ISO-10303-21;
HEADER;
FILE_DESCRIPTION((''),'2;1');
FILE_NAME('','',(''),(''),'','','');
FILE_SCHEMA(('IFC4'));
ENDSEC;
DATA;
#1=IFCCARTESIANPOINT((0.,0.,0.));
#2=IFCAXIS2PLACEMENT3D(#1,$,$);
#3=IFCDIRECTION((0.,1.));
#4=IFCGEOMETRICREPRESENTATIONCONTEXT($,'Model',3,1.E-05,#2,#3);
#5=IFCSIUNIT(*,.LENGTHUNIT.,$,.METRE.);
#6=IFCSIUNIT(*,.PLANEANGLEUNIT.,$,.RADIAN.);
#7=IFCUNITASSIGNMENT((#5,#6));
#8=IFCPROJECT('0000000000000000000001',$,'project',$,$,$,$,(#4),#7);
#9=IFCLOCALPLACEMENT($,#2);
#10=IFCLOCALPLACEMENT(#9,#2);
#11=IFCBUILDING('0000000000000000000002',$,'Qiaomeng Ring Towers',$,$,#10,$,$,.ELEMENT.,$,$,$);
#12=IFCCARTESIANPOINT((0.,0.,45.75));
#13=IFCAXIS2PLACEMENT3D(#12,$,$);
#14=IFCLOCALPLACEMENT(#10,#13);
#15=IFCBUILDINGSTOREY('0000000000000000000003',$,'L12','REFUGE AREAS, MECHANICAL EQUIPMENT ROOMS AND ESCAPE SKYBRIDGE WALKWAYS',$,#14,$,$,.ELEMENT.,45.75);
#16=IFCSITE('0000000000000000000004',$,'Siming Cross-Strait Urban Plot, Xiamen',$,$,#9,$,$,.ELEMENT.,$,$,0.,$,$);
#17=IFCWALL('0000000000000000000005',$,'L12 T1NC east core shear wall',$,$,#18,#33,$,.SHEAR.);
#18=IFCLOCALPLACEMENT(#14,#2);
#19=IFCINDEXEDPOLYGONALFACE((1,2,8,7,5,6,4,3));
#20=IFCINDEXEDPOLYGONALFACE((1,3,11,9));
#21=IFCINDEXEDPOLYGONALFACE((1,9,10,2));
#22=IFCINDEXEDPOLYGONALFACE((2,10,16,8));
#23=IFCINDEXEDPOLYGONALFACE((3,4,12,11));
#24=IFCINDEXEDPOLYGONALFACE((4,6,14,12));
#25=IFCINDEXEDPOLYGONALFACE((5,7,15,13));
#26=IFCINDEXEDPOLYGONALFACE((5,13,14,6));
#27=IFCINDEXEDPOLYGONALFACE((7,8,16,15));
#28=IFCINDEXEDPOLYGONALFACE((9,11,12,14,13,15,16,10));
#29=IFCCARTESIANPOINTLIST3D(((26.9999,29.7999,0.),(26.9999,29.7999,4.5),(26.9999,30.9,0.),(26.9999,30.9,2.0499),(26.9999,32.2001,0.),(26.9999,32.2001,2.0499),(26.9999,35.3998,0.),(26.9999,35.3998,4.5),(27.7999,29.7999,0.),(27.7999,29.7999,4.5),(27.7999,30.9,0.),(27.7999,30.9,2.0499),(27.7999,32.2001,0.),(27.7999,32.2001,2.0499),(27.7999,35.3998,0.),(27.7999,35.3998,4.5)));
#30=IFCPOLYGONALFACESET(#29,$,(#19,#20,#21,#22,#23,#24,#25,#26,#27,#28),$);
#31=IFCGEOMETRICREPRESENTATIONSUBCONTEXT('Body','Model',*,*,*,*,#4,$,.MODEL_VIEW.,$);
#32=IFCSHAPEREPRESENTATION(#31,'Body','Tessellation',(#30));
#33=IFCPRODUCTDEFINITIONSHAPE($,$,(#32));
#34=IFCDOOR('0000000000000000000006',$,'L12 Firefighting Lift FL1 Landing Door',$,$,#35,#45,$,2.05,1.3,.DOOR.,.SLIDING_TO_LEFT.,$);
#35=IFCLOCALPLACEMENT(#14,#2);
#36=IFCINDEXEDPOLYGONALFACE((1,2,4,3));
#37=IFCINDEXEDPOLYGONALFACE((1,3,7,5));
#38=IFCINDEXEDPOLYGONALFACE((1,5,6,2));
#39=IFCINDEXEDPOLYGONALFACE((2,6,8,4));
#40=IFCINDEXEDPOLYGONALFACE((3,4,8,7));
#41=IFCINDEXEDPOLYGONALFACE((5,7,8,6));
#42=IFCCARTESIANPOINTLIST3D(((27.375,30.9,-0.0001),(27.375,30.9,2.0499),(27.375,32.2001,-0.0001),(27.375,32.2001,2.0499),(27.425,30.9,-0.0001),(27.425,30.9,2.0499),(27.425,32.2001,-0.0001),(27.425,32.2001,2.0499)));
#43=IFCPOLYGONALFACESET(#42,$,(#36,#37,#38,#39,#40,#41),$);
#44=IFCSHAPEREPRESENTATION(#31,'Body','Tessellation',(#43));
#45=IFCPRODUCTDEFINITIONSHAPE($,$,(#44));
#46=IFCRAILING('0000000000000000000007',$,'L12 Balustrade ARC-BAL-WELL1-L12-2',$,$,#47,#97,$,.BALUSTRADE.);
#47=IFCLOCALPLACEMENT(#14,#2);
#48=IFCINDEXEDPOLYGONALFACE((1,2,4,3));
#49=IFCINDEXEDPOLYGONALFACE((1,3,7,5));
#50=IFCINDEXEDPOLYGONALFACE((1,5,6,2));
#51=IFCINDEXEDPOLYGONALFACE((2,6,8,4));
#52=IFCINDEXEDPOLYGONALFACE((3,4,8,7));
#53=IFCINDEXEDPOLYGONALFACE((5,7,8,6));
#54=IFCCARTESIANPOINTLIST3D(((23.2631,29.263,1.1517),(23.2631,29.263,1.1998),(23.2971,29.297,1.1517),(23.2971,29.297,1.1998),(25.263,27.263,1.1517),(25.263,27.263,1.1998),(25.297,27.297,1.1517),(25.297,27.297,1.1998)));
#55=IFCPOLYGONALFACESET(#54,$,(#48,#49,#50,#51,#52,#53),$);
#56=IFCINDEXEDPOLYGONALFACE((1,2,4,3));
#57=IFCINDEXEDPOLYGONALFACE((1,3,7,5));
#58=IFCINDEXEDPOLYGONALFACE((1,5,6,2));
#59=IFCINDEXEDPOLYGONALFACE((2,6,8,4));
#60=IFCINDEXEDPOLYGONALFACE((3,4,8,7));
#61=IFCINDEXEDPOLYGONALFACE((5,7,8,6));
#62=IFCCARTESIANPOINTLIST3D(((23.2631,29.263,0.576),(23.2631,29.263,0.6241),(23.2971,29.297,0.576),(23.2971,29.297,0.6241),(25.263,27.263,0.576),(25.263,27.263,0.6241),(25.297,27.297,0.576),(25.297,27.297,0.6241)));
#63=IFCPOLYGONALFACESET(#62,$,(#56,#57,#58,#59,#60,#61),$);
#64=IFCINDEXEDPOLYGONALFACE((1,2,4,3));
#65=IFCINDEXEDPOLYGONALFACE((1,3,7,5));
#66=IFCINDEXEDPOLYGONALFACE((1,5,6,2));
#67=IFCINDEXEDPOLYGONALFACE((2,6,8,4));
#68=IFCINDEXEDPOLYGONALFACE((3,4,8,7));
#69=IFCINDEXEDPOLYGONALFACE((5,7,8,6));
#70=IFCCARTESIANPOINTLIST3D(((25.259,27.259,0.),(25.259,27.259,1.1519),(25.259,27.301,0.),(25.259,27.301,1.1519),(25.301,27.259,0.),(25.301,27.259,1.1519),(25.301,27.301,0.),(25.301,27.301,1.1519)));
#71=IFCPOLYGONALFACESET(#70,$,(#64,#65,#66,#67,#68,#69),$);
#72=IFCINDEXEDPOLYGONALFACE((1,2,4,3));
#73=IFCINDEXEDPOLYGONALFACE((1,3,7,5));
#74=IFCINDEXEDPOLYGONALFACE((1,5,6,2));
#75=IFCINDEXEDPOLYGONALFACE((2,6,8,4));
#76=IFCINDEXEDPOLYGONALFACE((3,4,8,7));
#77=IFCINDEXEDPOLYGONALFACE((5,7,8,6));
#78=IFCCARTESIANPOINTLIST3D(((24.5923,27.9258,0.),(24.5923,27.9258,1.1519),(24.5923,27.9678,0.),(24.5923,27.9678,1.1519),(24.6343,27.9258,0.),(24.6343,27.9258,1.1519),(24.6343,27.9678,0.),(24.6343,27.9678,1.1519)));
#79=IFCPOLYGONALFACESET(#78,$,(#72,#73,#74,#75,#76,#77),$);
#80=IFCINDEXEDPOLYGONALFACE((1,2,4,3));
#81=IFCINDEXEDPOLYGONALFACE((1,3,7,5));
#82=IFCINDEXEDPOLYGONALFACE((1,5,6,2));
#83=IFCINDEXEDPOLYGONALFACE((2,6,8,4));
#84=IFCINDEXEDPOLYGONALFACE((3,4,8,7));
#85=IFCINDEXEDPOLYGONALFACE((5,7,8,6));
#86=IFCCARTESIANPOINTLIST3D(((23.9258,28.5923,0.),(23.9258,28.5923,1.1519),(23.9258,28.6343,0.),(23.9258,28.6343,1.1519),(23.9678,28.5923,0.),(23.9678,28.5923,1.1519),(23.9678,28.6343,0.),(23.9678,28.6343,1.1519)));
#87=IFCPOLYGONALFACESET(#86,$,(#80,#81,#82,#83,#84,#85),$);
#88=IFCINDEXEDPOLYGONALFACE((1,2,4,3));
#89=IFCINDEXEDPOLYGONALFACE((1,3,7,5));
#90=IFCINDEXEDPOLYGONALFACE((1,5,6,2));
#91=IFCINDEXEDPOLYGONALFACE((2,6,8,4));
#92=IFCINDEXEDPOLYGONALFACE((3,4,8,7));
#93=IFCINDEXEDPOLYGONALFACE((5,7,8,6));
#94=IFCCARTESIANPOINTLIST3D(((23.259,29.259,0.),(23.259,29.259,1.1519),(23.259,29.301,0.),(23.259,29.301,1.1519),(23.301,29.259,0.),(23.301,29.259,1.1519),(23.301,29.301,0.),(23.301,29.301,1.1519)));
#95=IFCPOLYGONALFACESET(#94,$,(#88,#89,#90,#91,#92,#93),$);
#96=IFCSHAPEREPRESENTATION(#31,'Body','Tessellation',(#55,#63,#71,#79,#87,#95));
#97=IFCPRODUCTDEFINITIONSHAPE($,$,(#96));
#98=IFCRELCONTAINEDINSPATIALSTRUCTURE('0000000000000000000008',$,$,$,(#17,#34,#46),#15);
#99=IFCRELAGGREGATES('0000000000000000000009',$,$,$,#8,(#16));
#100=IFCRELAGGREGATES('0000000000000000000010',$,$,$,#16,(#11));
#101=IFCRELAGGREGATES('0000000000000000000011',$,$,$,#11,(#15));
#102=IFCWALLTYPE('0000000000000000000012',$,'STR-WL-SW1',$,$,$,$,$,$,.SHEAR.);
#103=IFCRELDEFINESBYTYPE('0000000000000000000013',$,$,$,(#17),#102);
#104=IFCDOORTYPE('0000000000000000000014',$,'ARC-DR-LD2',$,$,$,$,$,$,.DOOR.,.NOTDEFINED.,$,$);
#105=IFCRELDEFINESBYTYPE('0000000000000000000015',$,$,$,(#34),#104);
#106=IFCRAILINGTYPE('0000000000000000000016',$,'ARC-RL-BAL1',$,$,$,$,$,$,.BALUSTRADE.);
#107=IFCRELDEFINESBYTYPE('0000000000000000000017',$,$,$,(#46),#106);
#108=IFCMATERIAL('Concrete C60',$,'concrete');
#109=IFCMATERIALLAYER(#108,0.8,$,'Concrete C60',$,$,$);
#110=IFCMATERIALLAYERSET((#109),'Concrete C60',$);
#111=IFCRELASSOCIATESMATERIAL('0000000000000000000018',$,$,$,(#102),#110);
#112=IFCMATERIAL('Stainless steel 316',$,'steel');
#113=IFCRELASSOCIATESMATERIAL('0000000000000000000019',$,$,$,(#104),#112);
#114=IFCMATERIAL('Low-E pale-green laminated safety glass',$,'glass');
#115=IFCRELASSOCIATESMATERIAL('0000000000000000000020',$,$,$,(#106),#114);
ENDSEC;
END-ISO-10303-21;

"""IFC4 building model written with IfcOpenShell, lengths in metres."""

from ifc_helpers import new_model, si_unit, direction, frame, frame_2d, origin, origin_2d, place, context, subcontext, project, spatial, rectangle, extrude, source, transform, mapped, material, layer, layer_set, type_object, element, fill, save


model = new_model("IFC4")

# Units and contexts
model_context = context("Model", 3, precision=1e-05, world=origin(), true_north=direction((0.0, 1.0)))
body_context = subcontext(model_context, "Body", "Model", "MODEL_VIEW")
ifc_project = project(units=[si_unit("LENGTHUNIT", "METRE"), si_unit("PLANEANGLEUNIT", "RADIAN")], contexts=[model_context])

# Site, building, storey
site_placement = place(None, origin())
site = spatial("IfcSite", under=ifc_project, at=site_placement, Name="Siming Cross-Strait Urban Plot, Xiamen", CompositionType="ELEMENT", RefElevation=0.0)
building_placement = place(site_placement, origin())
building = spatial("IfcBuilding", under=site, at=building_placement, Name="Qiaomeng Ring Towers", CompositionType="ELEMENT")
storey_placement = place(building_placement, frame((0.0, 0.0, 45.75)))
storey = spatial("IfcBuildingStorey", under=building, at=storey_placement, Name="L12", Description="REFUGE AREAS, MECHANICAL EQUIPMENT ROOMS AND ESCAPE SKYBRIDGE WALKWAYS", CompositionType="ELEMENT", Elevation=45.75)

# Shared definitions
ifc_material_1 = material(Name="Concrete C60", Category="concrete")

# Wall, opening, door
ifc_layer_1 = layer(ifc_material_1, 0.8, Name="Concrete C60")
ifc_layer_set_1 = layer_set([ifc_layer_1], Name="Concrete C60")
wall_type_1 = type_object("IfcWallType", Name="STR-WL-SW1", PredefinedType="SHEAR", material=ifc_layer_set_1)
wall_1_placement = place(storey_placement, frame((27.3999, 29.8, 0.0), z_axis=(0.0, 0.0, 1.0), x_axis=(0.0, 1.0, 0.0)))
wall_1 = element("IfcWall", 1, at=wall_1_placement, inside=storey, type_object=wall_type_1, Name="L12 T1NC east core shear wall", PredefinedType="SHEAR", context=body_context, shape_type="SweptSolid", body=[
    extrude(rectangle(XDim=5.5999, YDim=0.8, at=frame_2d((2.7998, 0.0))), origin(), (0.0, 0.0, 1.0), 4.5),
])
opening_1_placement = place(wall_1_placement, frame((1.1001, 0.0, 0.0)))
opening_1 = element("IfcOpeningElement", 2, at=opening_1_placement, cuts=wall_1, PredefinedType="OPENING", context=body_context, shape_type="SweptSolid", body=[
    extrude(rectangle(XDim=1.3, YDim=2.05, at=frame_2d((0.6499, 1.0249))), frame((0.0, 0.4099, 0.0), z_axis=(0.0, -1.0, 0.0), x_axis=(1.0, 0.0, 0.0)), (0.0, 0.0, 1.0), 0.8201),
])
ifc_material_2 = material(Name="Stainless steel 316", Category="steel")
door_type_1 = type_object("IfcDoorType", Name="ARC-DR-LD2", OperationType="NOTDEFINED", PredefinedType="DOOR", material=ifc_material_2)
shared_shape_1 = source(origin(), body_context, "Body", "SweptSolid", [
    extrude(rectangle(XDim=1.3, YDim=2.05, at=frame_2d((0.6499, 1.0249))), frame((0.0, 0.0249, 0.0), z_axis=(0.0, -1.0, 0.0), x_axis=(1.0, 0.0, 0.0)), (0.0, 0.0, 1.0), 0.05),
])
door_1_placement = place(opening_1_placement, origin())
door_1 = element("IfcDoor", 3, at=door_1_placement, inside=storey, type_object=door_type_1, Name="L12 Firefighting Lift FL1 Landing Door", OperationType="SLIDING_TO_LEFT", OverallHeight=2.05, OverallWidth=1.3, PredefinedType="DOOR", context=body_context, shape_type="MappedRepresentation", body=[
    mapped(shared_shape_1, transform((0.0, 0.0, 0.0), x_axis=(1.0, 0.0, 0.0), y_axis=(0.0, 1.0, 0.0), z_axis=(0.0, 0.0, 1.0), scale=1.0)),
])
fill(opening_1, door_1)

# Railing
ifc_material_3 = material(Name="Low-E pale-green laminated safety glass", Category="glass")
railing_type_1 = type_object("IfcRailingType", Name="ARC-RL-BAL1", PredefinedType="BALUSTRADE", material=ifc_material_3)
railing_1_placement = place(storey_placement, frame((25.28, 27.28, 0.0)))
element("IfcRailing", 4, at=railing_1_placement, inside=storey, type_object=railing_type_1, Name="L12 Balustrade ARC-BAL-WELL1-L12-2", PredefinedType="BALUSTRADE", context=body_context, shape_type="SweptSolid", body=[
    extrude(rectangle(XDim=0.0481, YDim=0.0481, at=origin_2d()), frame((0.0, 0.0, 1.1758), z_axis=(-0.707107, 0.707107, 0.0), x_axis=(-0.707107, -0.707107, 0.0)), (0.0, 0.0, 1.0), 2.8284),
    extrude(rectangle(XDim=0.0481, YDim=0.0481, at=origin_2d()), frame((0.0, 0.0, 0.6001), z_axis=(-0.707107, 0.707107, 0.0), x_axis=(-0.707107, -0.707107, 0.0)), (0.0, 0.0, 1.0), 2.8284),
    extrude(rectangle(XDim=0.042, YDim=0.042, at=origin_2d()), origin(), (0.0, 0.0, 1.0), 1.1519),
    extrude(rectangle(XDim=0.042, YDim=0.042, at=origin_2d()), frame((-0.6667, 0.6667, 0.0)), (0.0, 0.0, 1.0), 1.1519),
    extrude(rectangle(XDim=0.042, YDim=0.042, at=origin_2d()), frame((-1.3333, 1.3333, 0.0)), (0.0, 0.0, 1.0), 1.1519),
    extrude(rectangle(XDim=0.042, YDim=0.042, at=origin_2d()), frame((-2.0, 2.0, 0.0)), (0.0, 0.0, 1.0), 1.1519),
])

save(model, "model.ifc")
